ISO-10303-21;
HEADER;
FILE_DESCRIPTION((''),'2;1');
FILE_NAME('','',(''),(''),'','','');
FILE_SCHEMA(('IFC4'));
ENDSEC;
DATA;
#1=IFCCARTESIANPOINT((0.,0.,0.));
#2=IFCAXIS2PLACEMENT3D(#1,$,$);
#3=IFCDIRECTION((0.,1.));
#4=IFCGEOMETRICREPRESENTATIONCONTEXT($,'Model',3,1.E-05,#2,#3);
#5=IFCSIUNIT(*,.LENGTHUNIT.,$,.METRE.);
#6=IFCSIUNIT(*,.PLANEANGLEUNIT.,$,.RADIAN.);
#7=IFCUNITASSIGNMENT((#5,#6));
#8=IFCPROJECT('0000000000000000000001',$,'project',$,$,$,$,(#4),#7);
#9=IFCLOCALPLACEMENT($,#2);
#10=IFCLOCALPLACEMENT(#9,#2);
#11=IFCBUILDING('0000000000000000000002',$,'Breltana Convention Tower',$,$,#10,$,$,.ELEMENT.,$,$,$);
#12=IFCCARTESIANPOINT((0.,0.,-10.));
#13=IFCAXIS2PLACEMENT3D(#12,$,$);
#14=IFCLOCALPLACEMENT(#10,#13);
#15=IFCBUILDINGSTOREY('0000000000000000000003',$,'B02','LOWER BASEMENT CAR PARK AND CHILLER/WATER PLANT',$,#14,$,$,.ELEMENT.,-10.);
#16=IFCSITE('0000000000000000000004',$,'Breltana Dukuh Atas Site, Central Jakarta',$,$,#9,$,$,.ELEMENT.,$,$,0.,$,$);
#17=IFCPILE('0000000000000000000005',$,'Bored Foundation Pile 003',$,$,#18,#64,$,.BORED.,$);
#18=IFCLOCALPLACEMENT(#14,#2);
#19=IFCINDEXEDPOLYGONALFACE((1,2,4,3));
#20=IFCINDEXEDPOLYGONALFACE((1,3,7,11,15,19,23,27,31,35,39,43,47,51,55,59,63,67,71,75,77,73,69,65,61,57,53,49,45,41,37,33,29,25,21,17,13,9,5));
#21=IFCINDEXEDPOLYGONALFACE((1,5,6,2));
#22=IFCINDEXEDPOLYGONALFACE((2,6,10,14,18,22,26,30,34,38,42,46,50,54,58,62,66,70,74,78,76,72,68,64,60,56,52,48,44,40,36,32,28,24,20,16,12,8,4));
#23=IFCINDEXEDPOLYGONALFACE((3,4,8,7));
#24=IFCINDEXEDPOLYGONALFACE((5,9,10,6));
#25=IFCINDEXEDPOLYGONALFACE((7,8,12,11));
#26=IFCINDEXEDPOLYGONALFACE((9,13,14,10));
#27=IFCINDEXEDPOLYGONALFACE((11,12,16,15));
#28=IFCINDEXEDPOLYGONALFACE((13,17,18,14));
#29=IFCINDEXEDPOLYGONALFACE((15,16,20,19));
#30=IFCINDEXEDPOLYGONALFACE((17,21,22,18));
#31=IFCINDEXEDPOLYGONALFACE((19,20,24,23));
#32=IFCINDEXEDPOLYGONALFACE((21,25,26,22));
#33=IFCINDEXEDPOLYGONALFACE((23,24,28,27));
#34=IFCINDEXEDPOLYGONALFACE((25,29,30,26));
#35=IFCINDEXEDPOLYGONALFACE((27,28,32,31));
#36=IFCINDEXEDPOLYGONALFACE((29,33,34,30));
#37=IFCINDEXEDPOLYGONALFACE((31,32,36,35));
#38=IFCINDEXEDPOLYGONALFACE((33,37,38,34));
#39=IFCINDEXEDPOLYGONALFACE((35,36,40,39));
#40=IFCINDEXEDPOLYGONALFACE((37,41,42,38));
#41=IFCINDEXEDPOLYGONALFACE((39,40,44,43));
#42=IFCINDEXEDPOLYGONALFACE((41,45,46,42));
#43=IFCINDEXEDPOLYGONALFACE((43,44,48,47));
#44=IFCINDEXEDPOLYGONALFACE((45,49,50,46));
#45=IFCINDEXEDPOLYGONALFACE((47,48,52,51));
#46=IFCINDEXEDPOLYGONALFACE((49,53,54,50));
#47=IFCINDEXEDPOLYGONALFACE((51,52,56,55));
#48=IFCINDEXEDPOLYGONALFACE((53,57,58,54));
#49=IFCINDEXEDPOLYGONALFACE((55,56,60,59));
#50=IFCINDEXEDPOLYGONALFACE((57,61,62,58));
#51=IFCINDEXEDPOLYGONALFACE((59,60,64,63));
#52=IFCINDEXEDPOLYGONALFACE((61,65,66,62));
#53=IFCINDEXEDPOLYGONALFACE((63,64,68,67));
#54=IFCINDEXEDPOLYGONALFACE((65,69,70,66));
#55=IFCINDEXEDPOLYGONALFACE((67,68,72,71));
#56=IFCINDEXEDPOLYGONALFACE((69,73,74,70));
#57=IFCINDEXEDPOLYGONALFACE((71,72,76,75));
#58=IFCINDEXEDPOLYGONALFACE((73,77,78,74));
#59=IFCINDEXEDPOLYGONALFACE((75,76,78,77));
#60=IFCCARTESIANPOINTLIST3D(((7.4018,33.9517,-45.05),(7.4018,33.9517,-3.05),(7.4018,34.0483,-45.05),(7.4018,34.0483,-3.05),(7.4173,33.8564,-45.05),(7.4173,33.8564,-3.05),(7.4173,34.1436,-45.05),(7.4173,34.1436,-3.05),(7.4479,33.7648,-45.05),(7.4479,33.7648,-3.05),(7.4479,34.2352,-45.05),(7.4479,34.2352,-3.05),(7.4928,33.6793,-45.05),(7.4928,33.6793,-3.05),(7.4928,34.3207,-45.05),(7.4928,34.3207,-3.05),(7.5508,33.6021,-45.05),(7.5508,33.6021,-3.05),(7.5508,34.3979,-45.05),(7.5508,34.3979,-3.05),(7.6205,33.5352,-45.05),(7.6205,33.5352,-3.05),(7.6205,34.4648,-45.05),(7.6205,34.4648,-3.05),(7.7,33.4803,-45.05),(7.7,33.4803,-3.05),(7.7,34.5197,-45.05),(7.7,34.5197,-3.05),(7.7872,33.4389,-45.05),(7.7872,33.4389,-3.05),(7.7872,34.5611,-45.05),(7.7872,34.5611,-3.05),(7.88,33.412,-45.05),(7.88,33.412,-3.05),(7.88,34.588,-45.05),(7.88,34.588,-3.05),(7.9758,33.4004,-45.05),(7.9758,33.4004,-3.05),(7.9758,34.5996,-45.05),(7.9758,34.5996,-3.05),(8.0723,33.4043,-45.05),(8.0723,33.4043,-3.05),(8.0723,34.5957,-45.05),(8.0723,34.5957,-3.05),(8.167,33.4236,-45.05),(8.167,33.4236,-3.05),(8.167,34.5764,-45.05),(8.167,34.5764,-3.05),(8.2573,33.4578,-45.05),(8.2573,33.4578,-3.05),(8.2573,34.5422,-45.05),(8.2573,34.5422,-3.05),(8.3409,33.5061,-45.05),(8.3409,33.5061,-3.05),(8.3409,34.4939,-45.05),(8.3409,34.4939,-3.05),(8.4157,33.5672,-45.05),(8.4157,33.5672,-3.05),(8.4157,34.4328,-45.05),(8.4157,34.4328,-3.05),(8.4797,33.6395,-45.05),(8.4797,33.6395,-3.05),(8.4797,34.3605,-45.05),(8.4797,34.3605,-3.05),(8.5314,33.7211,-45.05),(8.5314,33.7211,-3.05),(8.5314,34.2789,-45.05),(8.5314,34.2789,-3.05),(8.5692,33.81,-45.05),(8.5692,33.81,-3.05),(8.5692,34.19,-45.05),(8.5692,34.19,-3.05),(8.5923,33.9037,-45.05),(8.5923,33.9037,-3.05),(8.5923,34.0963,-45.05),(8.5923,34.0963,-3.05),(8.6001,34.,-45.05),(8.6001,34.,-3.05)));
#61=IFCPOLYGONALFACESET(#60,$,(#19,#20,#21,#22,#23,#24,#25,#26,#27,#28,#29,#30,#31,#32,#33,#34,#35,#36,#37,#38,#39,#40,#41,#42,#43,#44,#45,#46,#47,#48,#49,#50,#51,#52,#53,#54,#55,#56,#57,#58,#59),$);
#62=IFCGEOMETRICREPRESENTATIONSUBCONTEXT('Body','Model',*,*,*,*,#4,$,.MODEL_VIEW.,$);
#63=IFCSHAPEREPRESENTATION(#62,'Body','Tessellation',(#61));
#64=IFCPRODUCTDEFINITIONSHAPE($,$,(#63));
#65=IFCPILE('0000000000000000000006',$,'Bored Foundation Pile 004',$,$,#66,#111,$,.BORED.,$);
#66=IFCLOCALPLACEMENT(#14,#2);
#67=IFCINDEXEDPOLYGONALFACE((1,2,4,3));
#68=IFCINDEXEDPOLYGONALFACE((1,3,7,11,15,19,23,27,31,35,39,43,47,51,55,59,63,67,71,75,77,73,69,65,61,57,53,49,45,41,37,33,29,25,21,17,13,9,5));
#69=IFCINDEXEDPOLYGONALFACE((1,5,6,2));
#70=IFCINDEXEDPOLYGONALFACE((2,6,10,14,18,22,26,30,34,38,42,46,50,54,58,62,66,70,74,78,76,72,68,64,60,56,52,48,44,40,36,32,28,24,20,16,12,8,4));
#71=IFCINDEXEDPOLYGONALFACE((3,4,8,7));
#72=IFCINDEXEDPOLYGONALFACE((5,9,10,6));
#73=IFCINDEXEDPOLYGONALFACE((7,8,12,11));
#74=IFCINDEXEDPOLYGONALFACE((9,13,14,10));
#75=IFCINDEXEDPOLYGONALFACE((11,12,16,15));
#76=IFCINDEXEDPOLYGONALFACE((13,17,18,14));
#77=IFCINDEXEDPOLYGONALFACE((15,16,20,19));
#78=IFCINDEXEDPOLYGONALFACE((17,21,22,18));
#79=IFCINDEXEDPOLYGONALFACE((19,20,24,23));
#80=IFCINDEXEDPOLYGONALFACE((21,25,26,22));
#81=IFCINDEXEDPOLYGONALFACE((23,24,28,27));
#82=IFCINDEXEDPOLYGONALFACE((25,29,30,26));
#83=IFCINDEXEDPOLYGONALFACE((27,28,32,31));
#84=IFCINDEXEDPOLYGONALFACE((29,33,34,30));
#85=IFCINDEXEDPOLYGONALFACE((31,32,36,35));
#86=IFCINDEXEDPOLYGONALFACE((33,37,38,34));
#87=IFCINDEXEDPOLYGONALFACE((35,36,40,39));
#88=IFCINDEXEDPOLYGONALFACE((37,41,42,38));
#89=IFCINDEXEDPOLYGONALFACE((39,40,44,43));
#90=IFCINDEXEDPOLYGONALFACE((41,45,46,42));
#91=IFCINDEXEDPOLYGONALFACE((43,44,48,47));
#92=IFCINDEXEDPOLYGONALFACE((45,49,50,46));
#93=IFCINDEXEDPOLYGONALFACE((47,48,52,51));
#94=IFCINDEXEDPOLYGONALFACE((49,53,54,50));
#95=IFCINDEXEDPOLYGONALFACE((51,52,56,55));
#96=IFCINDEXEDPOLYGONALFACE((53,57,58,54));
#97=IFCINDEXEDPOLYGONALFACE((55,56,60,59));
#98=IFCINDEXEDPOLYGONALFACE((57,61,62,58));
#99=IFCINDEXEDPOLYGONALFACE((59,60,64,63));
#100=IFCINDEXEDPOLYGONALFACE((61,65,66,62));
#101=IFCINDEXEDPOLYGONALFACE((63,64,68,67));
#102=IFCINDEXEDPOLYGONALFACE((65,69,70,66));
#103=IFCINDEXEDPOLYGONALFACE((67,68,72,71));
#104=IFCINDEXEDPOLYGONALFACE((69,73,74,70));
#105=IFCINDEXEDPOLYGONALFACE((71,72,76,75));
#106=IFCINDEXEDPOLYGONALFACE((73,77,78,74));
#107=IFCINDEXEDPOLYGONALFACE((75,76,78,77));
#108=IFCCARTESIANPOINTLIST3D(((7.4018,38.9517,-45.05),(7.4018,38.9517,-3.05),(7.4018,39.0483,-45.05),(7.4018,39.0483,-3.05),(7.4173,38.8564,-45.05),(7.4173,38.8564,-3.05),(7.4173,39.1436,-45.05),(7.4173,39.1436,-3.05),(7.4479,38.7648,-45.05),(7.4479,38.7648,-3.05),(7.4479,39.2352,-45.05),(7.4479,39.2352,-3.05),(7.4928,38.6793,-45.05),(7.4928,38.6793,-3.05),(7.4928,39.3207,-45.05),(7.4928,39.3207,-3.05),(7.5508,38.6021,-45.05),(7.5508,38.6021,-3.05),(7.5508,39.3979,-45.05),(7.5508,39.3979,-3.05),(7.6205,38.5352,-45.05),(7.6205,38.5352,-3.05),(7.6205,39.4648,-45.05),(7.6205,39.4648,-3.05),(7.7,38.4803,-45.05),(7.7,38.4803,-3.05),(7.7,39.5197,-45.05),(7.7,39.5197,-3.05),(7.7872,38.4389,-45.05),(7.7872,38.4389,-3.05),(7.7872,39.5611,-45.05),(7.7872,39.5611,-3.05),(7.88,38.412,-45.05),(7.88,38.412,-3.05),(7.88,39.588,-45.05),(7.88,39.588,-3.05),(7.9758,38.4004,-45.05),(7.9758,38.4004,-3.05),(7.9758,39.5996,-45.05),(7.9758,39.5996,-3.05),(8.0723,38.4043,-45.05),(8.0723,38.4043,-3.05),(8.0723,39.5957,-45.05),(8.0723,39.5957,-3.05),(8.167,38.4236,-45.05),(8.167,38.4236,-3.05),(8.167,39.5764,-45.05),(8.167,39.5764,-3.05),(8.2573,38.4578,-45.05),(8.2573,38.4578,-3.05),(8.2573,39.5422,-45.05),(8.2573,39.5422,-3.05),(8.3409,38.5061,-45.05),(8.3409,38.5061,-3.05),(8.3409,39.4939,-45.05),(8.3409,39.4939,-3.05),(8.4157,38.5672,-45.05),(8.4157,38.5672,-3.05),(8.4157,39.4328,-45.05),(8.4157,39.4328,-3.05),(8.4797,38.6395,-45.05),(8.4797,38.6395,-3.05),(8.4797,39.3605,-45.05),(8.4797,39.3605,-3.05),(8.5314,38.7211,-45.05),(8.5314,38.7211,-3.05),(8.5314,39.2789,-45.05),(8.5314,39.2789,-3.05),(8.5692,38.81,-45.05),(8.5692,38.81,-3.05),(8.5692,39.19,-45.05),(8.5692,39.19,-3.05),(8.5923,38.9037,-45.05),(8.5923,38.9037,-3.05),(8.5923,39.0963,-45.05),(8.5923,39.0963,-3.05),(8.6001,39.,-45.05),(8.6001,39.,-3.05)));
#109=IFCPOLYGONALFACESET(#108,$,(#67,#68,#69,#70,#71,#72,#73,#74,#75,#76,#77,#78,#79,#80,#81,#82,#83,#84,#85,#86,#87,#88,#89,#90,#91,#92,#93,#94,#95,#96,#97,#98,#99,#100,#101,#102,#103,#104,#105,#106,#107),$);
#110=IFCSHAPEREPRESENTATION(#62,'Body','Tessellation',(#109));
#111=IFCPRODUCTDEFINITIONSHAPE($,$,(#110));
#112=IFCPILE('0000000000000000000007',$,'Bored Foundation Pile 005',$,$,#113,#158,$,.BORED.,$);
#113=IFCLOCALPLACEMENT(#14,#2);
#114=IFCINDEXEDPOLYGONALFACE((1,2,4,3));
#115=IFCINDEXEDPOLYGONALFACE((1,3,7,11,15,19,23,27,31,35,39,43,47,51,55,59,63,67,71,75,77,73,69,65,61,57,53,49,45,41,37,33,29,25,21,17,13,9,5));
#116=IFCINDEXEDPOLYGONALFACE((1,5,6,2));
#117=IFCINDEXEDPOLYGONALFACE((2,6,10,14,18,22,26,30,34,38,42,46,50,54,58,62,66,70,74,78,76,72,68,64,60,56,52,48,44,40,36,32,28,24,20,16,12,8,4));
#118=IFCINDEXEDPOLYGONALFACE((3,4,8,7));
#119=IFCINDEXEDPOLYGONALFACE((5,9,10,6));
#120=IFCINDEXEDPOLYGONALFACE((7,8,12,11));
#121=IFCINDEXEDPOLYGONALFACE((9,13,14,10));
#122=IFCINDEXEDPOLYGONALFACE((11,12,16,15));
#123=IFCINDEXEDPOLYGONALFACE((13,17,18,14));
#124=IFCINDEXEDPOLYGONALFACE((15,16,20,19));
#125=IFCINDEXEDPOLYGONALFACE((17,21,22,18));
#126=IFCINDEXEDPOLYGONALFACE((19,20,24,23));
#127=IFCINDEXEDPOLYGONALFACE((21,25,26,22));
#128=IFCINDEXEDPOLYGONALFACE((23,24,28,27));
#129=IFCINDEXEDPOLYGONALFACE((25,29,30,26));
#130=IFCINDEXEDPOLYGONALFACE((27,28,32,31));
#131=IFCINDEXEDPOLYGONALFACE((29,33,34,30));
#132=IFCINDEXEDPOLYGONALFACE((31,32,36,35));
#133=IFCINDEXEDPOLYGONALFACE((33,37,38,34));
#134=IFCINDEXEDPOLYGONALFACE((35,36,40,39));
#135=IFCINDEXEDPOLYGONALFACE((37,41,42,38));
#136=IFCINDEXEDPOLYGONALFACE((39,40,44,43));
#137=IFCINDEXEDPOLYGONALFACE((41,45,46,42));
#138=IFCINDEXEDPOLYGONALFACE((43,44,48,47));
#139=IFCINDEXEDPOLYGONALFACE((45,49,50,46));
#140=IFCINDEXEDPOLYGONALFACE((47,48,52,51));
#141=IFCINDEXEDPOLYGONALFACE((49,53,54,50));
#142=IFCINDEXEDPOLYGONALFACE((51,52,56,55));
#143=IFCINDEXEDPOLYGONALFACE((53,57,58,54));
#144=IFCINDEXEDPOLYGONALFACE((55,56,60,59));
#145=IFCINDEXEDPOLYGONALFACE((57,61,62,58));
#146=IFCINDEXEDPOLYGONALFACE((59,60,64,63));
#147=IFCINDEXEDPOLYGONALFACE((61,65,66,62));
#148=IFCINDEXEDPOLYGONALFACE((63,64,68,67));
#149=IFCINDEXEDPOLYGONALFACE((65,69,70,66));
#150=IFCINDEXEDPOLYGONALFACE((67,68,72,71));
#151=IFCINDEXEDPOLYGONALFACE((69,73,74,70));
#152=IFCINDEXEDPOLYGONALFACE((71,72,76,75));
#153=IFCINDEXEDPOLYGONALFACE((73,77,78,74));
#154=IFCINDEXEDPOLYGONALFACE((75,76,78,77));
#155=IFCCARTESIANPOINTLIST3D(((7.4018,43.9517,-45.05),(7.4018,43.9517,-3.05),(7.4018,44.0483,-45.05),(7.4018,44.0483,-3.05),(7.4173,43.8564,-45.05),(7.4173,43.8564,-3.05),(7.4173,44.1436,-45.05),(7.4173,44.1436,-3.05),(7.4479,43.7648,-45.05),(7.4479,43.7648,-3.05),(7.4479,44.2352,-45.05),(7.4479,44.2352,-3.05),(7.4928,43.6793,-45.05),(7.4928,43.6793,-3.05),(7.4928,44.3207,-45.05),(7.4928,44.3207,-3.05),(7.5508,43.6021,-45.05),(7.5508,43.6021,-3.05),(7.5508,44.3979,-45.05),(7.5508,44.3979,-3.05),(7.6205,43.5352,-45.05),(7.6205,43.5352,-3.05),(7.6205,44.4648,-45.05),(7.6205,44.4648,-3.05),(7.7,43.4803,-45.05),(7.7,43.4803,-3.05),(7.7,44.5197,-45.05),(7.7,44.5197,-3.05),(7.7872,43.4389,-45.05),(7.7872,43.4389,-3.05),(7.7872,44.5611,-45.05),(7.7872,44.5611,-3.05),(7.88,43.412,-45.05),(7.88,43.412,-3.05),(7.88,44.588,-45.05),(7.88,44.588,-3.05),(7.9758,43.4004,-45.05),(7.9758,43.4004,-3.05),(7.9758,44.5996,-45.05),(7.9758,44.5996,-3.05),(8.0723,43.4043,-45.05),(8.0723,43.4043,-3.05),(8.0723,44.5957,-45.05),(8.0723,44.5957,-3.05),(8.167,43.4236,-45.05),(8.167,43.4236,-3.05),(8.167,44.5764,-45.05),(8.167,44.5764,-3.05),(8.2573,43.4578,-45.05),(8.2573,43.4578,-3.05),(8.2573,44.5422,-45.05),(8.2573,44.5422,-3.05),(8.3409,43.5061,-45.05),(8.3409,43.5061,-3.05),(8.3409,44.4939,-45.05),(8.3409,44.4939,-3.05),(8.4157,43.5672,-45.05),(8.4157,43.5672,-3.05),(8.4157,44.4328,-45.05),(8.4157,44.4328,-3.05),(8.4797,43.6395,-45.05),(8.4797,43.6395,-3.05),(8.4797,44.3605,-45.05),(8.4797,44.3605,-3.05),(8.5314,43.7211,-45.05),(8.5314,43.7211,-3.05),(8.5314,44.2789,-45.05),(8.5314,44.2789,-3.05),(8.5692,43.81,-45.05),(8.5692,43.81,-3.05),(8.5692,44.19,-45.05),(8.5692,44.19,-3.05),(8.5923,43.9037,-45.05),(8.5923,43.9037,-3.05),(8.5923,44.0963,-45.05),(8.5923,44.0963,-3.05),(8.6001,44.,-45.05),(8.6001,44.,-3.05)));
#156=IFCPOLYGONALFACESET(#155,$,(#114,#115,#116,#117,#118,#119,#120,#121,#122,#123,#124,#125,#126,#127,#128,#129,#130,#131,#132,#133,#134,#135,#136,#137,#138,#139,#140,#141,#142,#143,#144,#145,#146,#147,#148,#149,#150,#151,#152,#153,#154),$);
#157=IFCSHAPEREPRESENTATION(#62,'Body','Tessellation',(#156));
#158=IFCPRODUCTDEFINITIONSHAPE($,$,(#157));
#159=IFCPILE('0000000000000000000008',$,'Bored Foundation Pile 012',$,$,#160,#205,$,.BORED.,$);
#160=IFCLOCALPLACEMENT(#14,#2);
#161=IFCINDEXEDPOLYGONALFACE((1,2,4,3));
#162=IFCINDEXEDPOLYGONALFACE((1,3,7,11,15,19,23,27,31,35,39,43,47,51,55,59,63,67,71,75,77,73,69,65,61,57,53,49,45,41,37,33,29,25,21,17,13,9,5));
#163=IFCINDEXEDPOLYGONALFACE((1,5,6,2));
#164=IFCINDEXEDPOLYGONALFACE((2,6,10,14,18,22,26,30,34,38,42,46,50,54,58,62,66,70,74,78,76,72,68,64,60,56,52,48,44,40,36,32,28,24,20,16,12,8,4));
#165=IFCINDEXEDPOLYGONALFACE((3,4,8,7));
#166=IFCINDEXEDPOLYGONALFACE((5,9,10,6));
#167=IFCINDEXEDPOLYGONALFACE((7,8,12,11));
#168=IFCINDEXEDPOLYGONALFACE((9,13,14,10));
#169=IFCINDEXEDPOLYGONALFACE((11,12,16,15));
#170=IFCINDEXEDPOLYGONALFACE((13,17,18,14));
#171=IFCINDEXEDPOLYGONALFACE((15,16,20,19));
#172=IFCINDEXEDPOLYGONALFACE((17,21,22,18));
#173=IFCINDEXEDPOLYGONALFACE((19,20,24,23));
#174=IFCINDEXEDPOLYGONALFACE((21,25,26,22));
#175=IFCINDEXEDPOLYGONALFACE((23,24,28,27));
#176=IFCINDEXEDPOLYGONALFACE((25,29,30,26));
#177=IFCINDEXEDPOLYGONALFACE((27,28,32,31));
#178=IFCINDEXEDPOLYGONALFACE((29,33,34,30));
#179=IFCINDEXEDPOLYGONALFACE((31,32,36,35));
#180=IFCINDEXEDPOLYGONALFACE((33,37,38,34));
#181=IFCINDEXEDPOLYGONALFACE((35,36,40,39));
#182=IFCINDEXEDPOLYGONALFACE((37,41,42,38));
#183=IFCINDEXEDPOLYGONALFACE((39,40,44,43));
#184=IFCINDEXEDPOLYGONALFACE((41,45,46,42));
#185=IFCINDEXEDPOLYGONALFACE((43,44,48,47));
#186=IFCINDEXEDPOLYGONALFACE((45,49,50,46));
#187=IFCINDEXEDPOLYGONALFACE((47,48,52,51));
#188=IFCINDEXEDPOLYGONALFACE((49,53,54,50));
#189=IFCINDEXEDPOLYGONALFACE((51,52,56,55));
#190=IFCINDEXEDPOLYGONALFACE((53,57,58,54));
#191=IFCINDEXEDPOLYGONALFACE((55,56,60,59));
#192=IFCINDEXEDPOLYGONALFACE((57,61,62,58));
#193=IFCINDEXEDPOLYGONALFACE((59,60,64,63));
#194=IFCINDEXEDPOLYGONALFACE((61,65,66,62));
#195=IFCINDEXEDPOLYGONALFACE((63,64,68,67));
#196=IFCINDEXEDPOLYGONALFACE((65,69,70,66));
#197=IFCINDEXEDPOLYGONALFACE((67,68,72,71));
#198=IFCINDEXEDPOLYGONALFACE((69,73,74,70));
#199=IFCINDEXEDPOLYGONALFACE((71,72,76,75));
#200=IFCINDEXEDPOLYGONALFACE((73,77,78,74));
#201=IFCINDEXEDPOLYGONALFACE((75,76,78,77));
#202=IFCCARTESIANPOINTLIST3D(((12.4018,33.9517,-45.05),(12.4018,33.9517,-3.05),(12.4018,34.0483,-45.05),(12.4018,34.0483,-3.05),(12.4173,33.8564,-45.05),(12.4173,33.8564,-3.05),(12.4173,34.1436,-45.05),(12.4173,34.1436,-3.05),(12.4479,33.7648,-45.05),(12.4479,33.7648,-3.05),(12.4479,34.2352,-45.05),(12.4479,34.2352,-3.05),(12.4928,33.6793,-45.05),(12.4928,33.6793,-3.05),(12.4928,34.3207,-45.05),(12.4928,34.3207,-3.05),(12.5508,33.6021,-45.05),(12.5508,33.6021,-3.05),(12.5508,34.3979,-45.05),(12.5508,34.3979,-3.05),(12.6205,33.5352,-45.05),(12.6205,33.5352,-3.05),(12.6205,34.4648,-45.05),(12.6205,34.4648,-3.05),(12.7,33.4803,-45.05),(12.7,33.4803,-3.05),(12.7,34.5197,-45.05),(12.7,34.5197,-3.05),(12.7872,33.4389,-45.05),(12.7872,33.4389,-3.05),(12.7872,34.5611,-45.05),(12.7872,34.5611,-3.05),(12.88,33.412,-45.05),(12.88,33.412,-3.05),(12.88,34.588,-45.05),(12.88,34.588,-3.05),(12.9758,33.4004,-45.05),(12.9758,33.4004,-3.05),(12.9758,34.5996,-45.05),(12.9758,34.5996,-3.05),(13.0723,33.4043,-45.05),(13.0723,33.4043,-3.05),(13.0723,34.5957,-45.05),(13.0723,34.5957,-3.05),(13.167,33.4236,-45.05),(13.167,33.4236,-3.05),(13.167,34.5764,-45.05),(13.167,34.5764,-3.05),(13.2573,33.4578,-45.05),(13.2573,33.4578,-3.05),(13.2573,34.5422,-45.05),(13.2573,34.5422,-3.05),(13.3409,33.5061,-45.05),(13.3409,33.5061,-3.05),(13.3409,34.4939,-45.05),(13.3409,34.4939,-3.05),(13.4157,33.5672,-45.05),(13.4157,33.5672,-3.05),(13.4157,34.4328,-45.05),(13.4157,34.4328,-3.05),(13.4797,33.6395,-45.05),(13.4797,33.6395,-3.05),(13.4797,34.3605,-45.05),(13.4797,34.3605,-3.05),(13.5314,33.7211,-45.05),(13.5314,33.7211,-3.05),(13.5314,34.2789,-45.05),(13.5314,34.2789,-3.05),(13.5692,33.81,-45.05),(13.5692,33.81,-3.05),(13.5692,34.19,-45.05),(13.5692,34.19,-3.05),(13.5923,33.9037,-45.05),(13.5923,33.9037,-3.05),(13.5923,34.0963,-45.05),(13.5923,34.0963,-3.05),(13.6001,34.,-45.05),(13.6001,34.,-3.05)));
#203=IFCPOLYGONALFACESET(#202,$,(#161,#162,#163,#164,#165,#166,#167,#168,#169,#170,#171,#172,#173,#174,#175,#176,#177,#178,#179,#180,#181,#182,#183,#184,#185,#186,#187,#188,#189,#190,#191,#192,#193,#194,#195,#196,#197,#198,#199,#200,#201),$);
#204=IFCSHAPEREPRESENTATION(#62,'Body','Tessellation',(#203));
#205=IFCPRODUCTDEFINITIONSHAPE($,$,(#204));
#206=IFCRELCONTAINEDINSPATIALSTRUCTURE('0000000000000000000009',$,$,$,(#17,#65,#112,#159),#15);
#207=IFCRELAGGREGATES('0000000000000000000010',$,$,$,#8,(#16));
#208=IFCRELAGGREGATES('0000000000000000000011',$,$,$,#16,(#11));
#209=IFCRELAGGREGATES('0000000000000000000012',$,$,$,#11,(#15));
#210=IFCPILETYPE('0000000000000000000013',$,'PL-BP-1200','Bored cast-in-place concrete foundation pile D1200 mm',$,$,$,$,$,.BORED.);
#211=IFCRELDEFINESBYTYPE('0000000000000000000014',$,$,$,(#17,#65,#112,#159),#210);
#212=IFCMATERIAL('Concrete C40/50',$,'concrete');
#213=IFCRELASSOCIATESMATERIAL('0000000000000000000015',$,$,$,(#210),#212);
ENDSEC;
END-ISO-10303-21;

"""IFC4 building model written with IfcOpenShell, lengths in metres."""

from ifc_helpers import new_model, si_unit, direction, frame, origin, origin_2d, place, context, subcontext, project, spatial, circle, extrude, source, transform, mapped, material, material_profile, profile_set, type_object, type_shapes, element, save


model = new_model("IFC4")

# Units and contexts
model_context = context("Model", 3, precision=1e-05, world=origin(), true_north=direction((0.0, 1.0)))
body_context = subcontext(model_context, "Body", "Model", "MODEL_VIEW")
ifc_project = project(units=[si_unit("LENGTHUNIT", "METRE"), si_unit("PLANEANGLEUNIT", "RADIAN")], contexts=[model_context])

# Site, building, storey
site_placement = place(None, origin())
site = spatial("IfcSite", under=ifc_project, at=site_placement, Name="Breltana Dukuh Atas Site, Central Jakarta", CompositionType="ELEMENT", RefElevation=0.0)
building_placement = place(site_placement, origin())
building = spatial("IfcBuilding", under=site, at=building_placement, Name="Breltana Convention Tower", CompositionType="ELEMENT")
storey_placement = place(building_placement, frame((0.0, 0.0, -10.0)))
storey = spatial("IfcBuildingStorey", under=building, at=storey_placement, Name="B02", Description="LOWER BASEMENT CAR PARK AND CHILLER/WATER PLANT", CompositionType="ELEMENT", Elevation=-10.0)

# Piles
ifc_material_1 = material(Name="Concrete C40/50", Category="concrete")
ifc_material_profile_1 = material_profile(ifc_material_1, circle(Radius=0.6001, at=origin_2d()), Name="BP-D1200")
ifc_profile_set_1 = profile_set([ifc_material_profile_1], Name="Concrete C40/50")
pile_type_1 = type_object("IfcPileType", Name="PL-BP-1200", Description="Bored cast-in-place concrete foundation pile D1200 mm", PredefinedType="BORED", material=ifc_profile_set_1)
shared_shape_1 = source(origin(), body_context, "Body", "SweptSolid", [
    extrude(circle(Radius=0.6001, at=origin_2d()), origin(), (0.0, 0.0, 1.0), 42.0),
])
type_shapes(pile_type_1, [shared_shape_1])
for number, where, z_axis, x_axis, name in (
    (1, (8.0, 34.0, -3.05), (0.0, 0.0, -1.0), (1.0, 0.0, 0.0), "Bored Foundation Pile 003"),
    (2, (8.0, 39.0, -3.05), (0.0, 0.0, -1.0), (1.0, 0.0, 0.0), "Bored Foundation Pile 004"),
    (3, (8.0, 44.0, -3.05), (0.0, 0.0, -1.0), (1.0, 0.0, 0.0), "Bored Foundation Pile 005"),
    (4, (13.0, 34.0, -3.05), (0.0, 0.0, -1.0), (1.0, 0.0, 0.0), "Bored Foundation Pile 012"),
):
    element("IfcPile", number, at=place(storey_placement, frame(where, z_axis=z_axis, x_axis=x_axis)), inside=storey, type_object=pile_type_1, Name=name, PredefinedType="BORED", context=body_context, shape_type="MappedRepresentation", body=[
        mapped(shared_shape_1, transform((0.0, 0.0, 0.0), scale=1.0)),
    ])

save(model, "model.ifc")
